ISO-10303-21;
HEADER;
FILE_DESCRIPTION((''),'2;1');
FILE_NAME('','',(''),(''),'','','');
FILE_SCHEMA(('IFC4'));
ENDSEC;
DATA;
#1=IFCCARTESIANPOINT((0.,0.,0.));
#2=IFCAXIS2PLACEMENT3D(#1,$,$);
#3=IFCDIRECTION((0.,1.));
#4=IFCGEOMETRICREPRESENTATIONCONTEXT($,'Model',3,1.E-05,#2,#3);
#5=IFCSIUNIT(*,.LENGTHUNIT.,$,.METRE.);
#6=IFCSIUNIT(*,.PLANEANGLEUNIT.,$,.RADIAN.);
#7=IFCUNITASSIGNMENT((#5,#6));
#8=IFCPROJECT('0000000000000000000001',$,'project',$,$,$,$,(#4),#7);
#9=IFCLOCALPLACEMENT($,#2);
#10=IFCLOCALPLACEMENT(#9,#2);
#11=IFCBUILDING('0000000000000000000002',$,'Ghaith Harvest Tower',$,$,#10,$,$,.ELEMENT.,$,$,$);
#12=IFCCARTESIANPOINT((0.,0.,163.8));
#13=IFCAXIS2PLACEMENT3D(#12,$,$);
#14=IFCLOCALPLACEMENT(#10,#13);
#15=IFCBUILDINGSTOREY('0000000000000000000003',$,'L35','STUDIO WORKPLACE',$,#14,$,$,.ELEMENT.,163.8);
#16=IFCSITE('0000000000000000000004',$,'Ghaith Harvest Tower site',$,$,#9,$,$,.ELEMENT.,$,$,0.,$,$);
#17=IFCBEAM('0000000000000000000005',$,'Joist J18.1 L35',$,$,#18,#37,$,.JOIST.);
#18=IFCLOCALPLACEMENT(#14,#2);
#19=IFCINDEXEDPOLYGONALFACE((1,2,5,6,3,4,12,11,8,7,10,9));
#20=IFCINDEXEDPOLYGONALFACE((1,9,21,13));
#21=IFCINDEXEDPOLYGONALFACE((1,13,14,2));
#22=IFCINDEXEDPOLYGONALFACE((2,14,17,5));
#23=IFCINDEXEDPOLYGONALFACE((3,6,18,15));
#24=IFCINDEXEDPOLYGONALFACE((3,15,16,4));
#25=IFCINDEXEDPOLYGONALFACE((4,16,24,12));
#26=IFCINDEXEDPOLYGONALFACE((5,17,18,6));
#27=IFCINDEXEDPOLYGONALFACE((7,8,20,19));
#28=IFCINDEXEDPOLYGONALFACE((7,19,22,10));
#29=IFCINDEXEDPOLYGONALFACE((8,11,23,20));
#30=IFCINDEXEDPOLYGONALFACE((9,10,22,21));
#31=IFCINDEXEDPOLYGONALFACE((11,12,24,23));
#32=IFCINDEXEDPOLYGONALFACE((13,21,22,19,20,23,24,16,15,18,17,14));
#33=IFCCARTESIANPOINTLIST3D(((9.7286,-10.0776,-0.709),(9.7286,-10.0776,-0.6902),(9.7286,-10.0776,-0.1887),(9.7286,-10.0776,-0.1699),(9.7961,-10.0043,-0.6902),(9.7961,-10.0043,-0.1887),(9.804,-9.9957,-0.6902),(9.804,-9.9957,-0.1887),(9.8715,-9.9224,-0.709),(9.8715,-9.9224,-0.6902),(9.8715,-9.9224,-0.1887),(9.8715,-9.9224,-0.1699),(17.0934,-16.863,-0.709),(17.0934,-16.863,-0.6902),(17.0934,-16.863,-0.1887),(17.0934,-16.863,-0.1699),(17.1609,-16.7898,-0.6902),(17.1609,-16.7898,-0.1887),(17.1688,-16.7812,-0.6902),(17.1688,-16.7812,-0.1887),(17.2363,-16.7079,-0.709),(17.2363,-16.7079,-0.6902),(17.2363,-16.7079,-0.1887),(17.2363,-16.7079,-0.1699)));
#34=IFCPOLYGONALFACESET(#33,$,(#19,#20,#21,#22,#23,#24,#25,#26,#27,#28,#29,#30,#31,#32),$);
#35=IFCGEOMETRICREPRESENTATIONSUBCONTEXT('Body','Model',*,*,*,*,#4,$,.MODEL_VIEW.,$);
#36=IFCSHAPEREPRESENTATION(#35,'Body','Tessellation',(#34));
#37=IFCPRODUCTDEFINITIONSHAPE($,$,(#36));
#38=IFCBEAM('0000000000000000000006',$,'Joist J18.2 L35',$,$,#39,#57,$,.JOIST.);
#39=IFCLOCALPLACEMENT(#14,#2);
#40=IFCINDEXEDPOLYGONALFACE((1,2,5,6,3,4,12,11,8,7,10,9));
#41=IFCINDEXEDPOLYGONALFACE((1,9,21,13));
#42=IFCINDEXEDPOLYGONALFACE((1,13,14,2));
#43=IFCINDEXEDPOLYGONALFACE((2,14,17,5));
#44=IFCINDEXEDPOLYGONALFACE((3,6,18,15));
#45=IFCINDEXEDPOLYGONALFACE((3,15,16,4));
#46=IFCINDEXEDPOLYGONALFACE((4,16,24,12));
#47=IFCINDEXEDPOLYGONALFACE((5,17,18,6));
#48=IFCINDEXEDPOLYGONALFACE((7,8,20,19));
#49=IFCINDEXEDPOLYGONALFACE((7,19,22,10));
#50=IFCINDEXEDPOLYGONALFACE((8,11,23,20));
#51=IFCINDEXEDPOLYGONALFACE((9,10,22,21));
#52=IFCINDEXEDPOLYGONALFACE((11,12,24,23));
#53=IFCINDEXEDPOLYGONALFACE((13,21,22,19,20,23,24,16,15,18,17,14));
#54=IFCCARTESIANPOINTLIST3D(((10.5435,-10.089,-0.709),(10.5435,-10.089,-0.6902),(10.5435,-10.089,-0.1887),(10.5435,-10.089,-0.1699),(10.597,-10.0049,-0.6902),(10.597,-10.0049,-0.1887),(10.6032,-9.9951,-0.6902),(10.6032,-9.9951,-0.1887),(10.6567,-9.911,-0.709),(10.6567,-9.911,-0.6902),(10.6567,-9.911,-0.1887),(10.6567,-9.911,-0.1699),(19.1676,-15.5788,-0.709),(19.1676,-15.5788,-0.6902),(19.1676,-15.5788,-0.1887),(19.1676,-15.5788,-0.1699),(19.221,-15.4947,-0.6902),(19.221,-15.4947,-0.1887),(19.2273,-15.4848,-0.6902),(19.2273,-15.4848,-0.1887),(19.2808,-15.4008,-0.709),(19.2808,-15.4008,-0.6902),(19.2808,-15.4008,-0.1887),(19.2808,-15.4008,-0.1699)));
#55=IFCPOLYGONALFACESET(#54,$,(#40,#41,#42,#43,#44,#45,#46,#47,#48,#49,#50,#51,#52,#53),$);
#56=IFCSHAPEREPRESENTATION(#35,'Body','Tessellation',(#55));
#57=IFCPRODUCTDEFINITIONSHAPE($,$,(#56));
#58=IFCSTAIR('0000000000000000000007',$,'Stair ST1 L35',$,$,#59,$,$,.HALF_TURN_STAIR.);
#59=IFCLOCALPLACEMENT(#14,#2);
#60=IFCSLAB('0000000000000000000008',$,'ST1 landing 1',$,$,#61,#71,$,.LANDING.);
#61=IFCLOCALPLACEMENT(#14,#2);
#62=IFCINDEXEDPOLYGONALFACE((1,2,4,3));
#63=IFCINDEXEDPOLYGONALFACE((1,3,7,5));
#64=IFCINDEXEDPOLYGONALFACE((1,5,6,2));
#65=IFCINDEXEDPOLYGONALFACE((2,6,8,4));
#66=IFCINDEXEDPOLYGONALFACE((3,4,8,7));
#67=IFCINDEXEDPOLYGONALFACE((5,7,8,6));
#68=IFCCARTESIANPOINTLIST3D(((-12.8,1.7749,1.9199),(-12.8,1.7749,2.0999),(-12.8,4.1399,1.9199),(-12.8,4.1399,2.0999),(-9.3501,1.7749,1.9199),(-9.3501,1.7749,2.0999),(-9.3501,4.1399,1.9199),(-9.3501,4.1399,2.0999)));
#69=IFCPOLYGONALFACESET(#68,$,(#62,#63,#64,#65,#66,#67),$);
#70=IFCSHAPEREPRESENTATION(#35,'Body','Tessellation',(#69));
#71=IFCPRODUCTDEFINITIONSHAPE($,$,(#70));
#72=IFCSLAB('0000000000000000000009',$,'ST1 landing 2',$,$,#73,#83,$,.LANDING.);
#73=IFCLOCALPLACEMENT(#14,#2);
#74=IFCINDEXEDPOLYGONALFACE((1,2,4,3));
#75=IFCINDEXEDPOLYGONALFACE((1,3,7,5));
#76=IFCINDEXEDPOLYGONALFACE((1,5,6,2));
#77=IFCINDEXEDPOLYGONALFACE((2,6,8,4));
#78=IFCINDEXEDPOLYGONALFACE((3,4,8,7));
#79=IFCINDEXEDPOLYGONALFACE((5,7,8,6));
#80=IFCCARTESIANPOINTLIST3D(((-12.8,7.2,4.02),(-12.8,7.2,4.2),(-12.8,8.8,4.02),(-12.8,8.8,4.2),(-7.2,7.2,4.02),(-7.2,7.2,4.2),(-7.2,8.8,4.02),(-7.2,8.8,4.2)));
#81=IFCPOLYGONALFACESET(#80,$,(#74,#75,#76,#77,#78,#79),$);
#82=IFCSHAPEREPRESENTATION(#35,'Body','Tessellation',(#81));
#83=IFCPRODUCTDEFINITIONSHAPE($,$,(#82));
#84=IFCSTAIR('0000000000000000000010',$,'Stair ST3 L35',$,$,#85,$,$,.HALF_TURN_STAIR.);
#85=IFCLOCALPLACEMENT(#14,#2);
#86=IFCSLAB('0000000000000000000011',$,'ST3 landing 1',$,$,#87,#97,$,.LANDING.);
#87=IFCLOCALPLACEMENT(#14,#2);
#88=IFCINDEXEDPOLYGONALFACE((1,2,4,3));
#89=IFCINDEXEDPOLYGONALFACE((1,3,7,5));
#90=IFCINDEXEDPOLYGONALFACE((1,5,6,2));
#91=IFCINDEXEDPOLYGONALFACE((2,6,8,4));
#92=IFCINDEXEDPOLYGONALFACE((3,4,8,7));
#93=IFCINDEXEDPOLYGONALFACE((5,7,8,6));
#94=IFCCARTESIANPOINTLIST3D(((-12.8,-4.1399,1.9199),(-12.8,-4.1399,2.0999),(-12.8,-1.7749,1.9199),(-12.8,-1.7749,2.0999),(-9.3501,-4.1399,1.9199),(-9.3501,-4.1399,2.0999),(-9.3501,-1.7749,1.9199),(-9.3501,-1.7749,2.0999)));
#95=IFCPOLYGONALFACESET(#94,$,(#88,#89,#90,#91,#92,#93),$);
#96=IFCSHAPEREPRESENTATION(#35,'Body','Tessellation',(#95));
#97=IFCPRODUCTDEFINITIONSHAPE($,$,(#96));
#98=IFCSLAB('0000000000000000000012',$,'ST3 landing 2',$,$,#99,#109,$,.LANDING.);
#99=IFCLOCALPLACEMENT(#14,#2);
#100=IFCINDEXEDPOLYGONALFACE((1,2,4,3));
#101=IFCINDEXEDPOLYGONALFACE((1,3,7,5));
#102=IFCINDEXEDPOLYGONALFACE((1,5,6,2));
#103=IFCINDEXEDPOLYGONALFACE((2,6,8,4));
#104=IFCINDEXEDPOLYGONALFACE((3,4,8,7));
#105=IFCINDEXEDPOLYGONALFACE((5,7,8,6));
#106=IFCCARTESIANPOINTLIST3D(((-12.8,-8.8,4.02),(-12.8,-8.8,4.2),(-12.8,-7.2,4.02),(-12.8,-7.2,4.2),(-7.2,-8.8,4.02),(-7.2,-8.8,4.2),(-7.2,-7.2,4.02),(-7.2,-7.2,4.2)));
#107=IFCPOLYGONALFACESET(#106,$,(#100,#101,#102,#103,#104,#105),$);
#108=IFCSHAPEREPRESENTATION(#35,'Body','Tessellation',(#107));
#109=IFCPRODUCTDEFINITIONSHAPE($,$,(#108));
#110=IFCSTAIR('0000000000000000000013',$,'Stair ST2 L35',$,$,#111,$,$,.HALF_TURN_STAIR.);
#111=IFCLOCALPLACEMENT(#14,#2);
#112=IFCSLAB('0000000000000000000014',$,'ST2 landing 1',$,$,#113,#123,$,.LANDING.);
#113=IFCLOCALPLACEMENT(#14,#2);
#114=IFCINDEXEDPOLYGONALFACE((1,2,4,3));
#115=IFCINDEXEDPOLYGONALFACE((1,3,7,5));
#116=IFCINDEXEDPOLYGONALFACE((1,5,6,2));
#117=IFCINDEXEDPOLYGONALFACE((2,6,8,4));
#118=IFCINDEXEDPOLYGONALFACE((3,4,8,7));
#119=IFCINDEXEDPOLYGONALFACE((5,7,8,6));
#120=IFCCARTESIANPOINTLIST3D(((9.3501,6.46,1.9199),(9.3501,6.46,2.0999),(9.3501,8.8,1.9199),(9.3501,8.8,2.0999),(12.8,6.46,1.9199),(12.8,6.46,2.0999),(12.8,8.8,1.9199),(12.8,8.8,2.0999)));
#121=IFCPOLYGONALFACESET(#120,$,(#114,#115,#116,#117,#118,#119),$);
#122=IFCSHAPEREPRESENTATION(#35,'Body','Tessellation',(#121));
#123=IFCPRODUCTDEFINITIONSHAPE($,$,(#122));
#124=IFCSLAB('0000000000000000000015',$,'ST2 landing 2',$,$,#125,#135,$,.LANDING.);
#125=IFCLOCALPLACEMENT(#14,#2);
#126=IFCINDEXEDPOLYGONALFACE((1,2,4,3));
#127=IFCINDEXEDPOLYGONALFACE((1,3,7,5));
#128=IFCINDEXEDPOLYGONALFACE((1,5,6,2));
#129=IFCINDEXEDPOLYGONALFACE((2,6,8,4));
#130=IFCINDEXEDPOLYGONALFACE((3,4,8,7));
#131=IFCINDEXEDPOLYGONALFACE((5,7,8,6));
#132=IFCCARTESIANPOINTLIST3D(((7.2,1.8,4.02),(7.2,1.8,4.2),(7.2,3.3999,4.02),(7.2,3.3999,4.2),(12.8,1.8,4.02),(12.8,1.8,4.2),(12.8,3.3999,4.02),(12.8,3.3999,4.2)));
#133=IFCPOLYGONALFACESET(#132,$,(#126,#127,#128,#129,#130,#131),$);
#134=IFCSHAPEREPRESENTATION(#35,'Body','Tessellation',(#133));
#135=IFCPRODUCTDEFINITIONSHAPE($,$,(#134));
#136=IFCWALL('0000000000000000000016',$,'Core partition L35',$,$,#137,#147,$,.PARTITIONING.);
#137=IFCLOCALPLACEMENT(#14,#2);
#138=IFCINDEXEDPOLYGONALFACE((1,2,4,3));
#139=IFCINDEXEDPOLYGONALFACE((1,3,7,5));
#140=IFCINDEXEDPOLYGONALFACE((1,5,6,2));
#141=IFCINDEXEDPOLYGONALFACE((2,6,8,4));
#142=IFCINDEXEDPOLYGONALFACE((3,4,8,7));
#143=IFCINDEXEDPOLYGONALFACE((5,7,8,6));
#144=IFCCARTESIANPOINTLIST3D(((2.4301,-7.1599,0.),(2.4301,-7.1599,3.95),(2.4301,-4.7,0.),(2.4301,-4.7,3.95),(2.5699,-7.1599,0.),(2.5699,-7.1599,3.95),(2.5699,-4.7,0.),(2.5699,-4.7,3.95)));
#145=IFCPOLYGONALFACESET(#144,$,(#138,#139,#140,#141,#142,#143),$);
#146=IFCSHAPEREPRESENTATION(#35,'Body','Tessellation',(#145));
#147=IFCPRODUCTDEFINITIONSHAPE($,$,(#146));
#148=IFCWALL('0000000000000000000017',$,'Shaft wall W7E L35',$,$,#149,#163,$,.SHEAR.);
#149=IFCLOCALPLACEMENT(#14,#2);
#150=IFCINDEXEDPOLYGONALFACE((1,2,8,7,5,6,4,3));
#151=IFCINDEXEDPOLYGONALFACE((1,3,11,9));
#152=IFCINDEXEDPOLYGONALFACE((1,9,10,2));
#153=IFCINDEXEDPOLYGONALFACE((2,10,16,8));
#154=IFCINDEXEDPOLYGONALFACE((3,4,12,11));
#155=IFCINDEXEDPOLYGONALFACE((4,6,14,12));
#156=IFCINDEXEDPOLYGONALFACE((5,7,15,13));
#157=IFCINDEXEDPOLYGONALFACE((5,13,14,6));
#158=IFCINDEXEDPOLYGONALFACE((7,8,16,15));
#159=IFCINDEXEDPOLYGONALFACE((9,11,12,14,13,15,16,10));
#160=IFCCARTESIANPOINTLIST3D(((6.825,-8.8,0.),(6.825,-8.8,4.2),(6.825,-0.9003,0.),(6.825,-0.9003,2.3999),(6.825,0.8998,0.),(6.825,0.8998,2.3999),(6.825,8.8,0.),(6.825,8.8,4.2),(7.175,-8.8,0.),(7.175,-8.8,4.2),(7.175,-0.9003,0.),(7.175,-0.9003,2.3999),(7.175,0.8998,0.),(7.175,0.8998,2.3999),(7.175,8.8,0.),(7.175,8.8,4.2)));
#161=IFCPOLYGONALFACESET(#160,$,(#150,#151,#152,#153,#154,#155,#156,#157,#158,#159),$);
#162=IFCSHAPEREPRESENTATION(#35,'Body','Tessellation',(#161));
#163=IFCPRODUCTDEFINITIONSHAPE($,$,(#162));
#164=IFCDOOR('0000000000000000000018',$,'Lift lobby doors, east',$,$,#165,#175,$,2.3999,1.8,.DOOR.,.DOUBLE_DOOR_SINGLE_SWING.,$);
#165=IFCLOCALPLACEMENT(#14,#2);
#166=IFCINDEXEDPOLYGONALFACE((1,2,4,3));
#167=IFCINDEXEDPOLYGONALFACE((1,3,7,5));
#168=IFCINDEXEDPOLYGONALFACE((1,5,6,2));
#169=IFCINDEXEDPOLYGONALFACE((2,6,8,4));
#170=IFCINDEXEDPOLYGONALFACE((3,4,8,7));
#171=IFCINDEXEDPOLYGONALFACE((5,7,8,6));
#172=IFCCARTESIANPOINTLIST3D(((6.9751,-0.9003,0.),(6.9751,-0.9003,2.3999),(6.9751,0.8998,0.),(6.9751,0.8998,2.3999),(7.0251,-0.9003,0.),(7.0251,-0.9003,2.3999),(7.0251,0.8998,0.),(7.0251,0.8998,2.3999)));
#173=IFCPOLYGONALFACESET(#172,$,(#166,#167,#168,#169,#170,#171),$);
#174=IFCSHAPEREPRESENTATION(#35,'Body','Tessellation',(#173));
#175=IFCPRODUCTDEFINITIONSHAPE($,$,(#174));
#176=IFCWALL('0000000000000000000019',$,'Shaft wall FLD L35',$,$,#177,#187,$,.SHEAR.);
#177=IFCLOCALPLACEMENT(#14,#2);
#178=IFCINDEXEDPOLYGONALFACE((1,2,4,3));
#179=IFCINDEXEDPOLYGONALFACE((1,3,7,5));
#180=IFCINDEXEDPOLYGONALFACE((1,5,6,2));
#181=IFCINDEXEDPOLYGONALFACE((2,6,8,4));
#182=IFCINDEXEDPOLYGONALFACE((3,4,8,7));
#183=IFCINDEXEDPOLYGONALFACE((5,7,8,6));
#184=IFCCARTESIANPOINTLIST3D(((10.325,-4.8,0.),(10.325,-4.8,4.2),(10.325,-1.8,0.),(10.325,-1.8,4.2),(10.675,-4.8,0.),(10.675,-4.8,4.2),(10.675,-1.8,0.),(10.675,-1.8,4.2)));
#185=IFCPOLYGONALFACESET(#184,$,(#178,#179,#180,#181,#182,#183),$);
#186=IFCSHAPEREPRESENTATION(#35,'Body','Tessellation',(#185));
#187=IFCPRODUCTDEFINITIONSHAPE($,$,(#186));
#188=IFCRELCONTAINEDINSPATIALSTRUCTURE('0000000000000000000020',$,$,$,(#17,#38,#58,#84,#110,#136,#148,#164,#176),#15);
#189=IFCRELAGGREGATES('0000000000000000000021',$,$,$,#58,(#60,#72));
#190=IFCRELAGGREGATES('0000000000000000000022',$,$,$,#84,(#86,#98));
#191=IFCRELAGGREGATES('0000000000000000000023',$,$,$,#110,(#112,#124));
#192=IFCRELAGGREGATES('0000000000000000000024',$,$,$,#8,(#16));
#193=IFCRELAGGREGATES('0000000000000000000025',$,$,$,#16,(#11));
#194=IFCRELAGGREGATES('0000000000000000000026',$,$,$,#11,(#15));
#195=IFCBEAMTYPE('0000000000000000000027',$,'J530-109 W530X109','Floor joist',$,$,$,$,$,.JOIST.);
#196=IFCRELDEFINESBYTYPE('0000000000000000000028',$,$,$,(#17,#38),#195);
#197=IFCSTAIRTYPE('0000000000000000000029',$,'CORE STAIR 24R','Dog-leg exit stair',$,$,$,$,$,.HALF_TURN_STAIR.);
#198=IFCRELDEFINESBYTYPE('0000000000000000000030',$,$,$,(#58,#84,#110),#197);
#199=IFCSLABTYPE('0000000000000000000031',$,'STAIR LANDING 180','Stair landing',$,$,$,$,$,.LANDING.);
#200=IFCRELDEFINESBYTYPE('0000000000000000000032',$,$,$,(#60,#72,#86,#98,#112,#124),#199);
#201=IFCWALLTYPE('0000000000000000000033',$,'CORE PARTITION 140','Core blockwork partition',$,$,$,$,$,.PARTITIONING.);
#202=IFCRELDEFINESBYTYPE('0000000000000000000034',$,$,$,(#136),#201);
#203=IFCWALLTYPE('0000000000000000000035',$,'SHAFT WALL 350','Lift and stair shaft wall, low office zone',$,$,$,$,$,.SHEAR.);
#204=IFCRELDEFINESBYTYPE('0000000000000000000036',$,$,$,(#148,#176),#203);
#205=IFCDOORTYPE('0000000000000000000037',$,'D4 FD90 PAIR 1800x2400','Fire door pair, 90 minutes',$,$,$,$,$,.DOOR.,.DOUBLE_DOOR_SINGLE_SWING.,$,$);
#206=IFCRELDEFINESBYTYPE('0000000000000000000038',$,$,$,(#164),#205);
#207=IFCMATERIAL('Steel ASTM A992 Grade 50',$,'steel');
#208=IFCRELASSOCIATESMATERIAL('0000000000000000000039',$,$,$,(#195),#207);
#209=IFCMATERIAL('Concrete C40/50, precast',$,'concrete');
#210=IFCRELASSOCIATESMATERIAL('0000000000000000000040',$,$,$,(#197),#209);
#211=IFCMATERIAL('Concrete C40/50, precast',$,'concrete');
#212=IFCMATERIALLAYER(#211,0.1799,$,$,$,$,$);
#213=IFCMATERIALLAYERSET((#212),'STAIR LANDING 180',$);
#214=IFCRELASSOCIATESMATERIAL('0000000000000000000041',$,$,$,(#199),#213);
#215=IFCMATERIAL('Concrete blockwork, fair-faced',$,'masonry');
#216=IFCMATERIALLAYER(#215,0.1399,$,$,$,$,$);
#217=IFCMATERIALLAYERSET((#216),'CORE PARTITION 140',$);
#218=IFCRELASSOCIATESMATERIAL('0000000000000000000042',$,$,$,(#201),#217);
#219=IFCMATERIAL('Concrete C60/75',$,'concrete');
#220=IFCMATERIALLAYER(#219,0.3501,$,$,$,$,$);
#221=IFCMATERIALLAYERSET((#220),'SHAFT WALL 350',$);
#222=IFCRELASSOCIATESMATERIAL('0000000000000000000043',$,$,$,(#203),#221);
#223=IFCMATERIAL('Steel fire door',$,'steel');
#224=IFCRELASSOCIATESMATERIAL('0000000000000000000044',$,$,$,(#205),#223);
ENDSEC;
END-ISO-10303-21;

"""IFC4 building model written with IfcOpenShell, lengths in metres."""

from ifc_helpers import new_model, si_unit, direction, frame, frame_2d, origin, origin_2d, place, context, subcontext, project, spatial, polyline, rectangle, i_section, outline, extrude, material, layer, layer_set, material_profile, profile_set, type_object, element, fill, aggregate, save


model = new_model("IFC4")

# Units and contexts
model_context = context("Model", 3, precision=1e-05, world=origin(), true_north=direction((0.0, 1.0)))
body_context = subcontext(model_context, "Body", "Model", "MODEL_VIEW")
ifc_project = project(units=[si_unit("LENGTHUNIT", "METRE"), si_unit("PLANEANGLEUNIT", "RADIAN")], contexts=[model_context])

# Site, building, storey
site_placement = place(None, origin())
site = spatial("IfcSite", under=ifc_project, at=site_placement, Name="Ghaith Harvest Tower site", CompositionType="ELEMENT", RefElevation=0.0)
building_placement = place(site_placement, origin())
building = spatial("IfcBuilding", under=site, at=building_placement, Name="Ghaith Harvest Tower", CompositionType="ELEMENT")
storey_placement = place(building_placement, frame((0.0, 0.0, 163.8)))
storey = spatial("IfcBuildingStorey", under=building, at=storey_placement, Name="L35", Description="STUDIO WORKPLACE", CompositionType="ELEMENT", Elevation=163.8)

# Beams
ifc_material_1 = material(Name="Steel ASTM A992 Grade 50", Category="steel")
ifc_material_profile = material_profile(ifc_material_1, i_section(OverallWidth=0.2109, OverallDepth=0.5391, WebThickness=0.0117, FlangeThickness=0.0188, at=origin_2d()), Name="W530X109")
ifc_profile_set = profile_set([ifc_material_profile], Name="Steel ASTM A992 Grade 50")
beam_type = type_object("IfcBeamType", Name="J530-109 W530X109", Description="Floor joist", PredefinedType="JOIST", material=ifc_profile_set)
beam_1_placement = place(storey_placement, frame((9.8, -10.0, -0.4395), z_axis=(0.735442, -0.677588, 0.0), x_axis=(0.677588, 0.735442, 0.0)))
element("IfcBeam", 1, at=beam_1_placement, inside=storey, type_object=beam_type, Name="Joist J18.1 L35", PredefinedType="JOIST", context=body_context, shape_type="SweptSolid", body=[
    extrude(i_section(OverallWidth=0.2109, OverallDepth=0.5391, WebThickness=0.0117, FlangeThickness=0.0188, at=origin_2d()), origin(), (0.0, 0.0, 1.0), 10.0142),
])
beam_2_placement = place(storey_placement, frame((10.6001, -10.0, -0.4395), z_axis=(0.843585, -0.536996, 0.0), x_axis=(0.536996, 0.843585, 0.0)))
element("IfcBeam", 2, at=beam_2_placement, inside=storey, type_object=beam_type, Name="Joist J18.2 L35", PredefinedType="JOIST", context=body_context, shape_type="SweptSolid", body=[
    extrude(i_section(OverallWidth=0.2109, OverallDepth=0.5391, WebThickness=0.0117, FlangeThickness=0.0188, at=origin_2d()), origin(), (0.0, 0.0, 1.0), 10.2231),
])

# Stairs, slabs
ifc_material_2 = material(Name="Concrete C40/50, precast", Category="concrete")
stair_type = type_object("IfcStairType", Name="CORE STAIR 24R", Description="Dog-leg exit stair", PredefinedType="HALF_TURN_STAIR", material=ifc_material_2)
stair_1_placement = place(storey_placement, origin())
stair_1 = element("IfcStair", 3, at=stair_1_placement, inside=storey, type_object=stair_type, Name="Stair ST1 L35", PredefinedType="HALF_TURN_STAIR")
ifc_material_3 = material(Name="Concrete C40/50, precast", Category="concrete")
ifc_layer_1 = layer(ifc_material_3, 0.1799)
ifc_layer_set_1 = layer_set([ifc_layer_1], Name="STAIR LANDING 180")
slab_type = type_object("IfcSlabType", Name="STAIR LANDING 180", Description="Stair landing", PredefinedType="LANDING", material=ifc_layer_set_1)
slab_1_placement = place(storey_placement, frame((0.0, 0.0, 1.9199)))
slab_1 = element("IfcSlab", 4, at=slab_1_placement, type_object=slab_type, Name="ST1 landing 1", PredefinedType="LANDING", context=body_context, shape_type="SweptSolid", body=[
    extrude(outline(polyline([(-12.8, 4.1399), (-12.8, 1.7749), (-9.3501, 1.7749), (-9.3501, 4.1399), (-12.8, 4.1399)])), origin(), (0.0, 0.0, 1.0), 0.1799),
])
slab_2_placement = place(storey_placement, frame((0.0, 0.0, 4.02)))
slab_2 = element("IfcSlab", 5, at=slab_2_placement, type_object=slab_type, Name="ST1 landing 2", PredefinedType="LANDING", context=body_context, shape_type="SweptSolid", body=[
    extrude(outline(polyline([(-12.8, 8.8), (-12.8, 7.2), (-7.2, 7.2), (-7.2, 8.8), (-12.8, 8.8)])), origin(), (0.0, 0.0, 1.0), 0.1799),
])
aggregate(stair_1, [slab_1, slab_2])
stair_2_placement = place(storey_placement, origin())
stair_2 = element("IfcStair", 6, at=stair_2_placement, inside=storey, type_object=stair_type, Name="Stair ST3 L35", PredefinedType="HALF_TURN_STAIR")
slab_3_placement = place(storey_placement, frame((0.0, 0.0, 1.9199)))
slab_3 = element("IfcSlab", 7, at=slab_3_placement, type_object=slab_type, Name="ST3 landing 1", PredefinedType="LANDING", context=body_context, shape_type="SweptSolid", body=[
    extrude(outline(polyline([(-12.8, -4.1399), (-12.8, -1.7749), (-9.3501, -1.7749), (-9.3501, -4.1399), (-12.8, -4.1399)])), origin(), (0.0, 0.0, 1.0), 0.1799),
])
slab_4_placement = place(storey_placement, frame((0.0, 0.0, 4.02)))
slab_4 = element("IfcSlab", 8, at=slab_4_placement, type_object=slab_type, Name="ST3 landing 2", PredefinedType="LANDING", context=body_context, shape_type="SweptSolid", body=[
    extrude(outline(polyline([(-12.8, -8.8), (-12.8, -7.2), (-7.2, -7.2), (-7.2, -8.8), (-12.8, -8.8)])), origin(), (0.0, 0.0, 1.0), 0.1799),
])
aggregate(stair_2, [slab_3, slab_4])
stair_3_placement = place(storey_placement, origin())
stair_3 = element("IfcStair", 9, at=stair_3_placement, inside=storey, type_object=stair_type, Name="Stair ST2 L35", PredefinedType="HALF_TURN_STAIR")
slab_5_placement = place(storey_placement, frame((0.0, 0.0, 1.9199)))
slab_5 = element("IfcSlab", 10, at=slab_5_placement, type_object=slab_type, Name="ST2 landing 1", PredefinedType="LANDING", context=body_context, shape_type="SweptSolid", body=[
    extrude(outline(polyline([(12.8, 6.46), (12.8, 8.8), (9.3501, 8.8), (9.3501, 6.46), (12.8, 6.46)])), origin(), (0.0, 0.0, 1.0), 0.1799),
])
slab_6_placement = place(storey_placement, frame((0.0, 0.0, 4.02)))
slab_6 = element("IfcSlab", 11, at=slab_6_placement, type_object=slab_type, Name="ST2 landing 2", PredefinedType="LANDING", context=body_context, shape_type="SweptSolid", body=[
    extrude(outline(polyline([(12.8, 1.8), (12.8, 3.3999), (7.2, 3.3999), (7.2, 1.8), (12.8, 1.8)])), origin(), (0.0, 0.0, 1.0), 0.1799),
])
aggregate(stair_3, [slab_5, slab_6])

# Wall
ifc_material_4 = material(Name="Concrete blockwork, fair-faced", Category="masonry")
ifc_layer_2 = layer(ifc_material_4, 0.1399)
ifc_layer_set_2 = layer_set([ifc_layer_2], Name="CORE PARTITION 140")
wall_type_1 = type_object("IfcWallType", Name="CORE PARTITION 140", Description="Core blockwork partition", PredefinedType="PARTITIONING", material=ifc_layer_set_2)
wall_1_placement = place(storey_placement, frame((2.5, -4.7, 0.0), z_axis=(0.0, 0.0, 1.0), x_axis=(0.0, -1.0, 0.0)))
element("IfcWall", 12, at=wall_1_placement, inside=storey, type_object=wall_type_1, Name="Core partition L35", PredefinedType="PARTITIONING", context=body_context, shape_type="SweptSolid", body=[
    extrude(rectangle(XDim=2.46, YDim=0.1399, at=frame_2d((1.23, 0.0))), origin(), (0.0, 0.0, 1.0), 3.95),
])

# Wall, opening, door
ifc_material_5 = material(Name="Concrete C60/75", Category="concrete")
ifc_layer_3 = layer(ifc_material_5, 0.3501)
ifc_layer_set_3 = layer_set([ifc_layer_3], Name="SHAFT WALL 350")
wall_type_2 = type_object("IfcWallType", Name="SHAFT WALL 350", Description="Lift and stair shaft wall, low office zone", PredefinedType="SHEAR", material=ifc_layer_set_3)
wall_2_placement = place(storey_placement, frame((7.0, -8.8, 0.0), z_axis=(0.0, 0.0, 1.0), x_axis=(0.0, 1.0, 0.0)))
wall_2 = element("IfcWall", 13, at=wall_2_placement, inside=storey, type_object=wall_type_2, Name="Shaft wall W7E L35", PredefinedType="SHEAR", context=body_context, shape_type="SweptSolid", body=[
    extrude(rectangle(XDim=17.6001, YDim=0.3501, at=frame_2d((8.8, 0.0))), origin(), (0.0, 0.0, 1.0), 4.2),
])
opening_1_placement = place(wall_2_placement, frame((7.8999, 0.0, 0.0)))
opening_1 = element("IfcOpeningElement", 14, at=opening_1_placement, cuts=wall_2, PredefinedType="OPENING", context=body_context, shape_type="SweptSolid", body=[
    extrude(rectangle(XDim=1.8, YDim=2.3999, at=frame_2d((0.8999, 1.2))), frame((0.0, 0.1851, 0.0), z_axis=(0.0, -1.0, 0.0), x_axis=(1.0, 0.0, 0.0)), (0.0, 0.0, 1.0), 0.3701),
])
ifc_material_6 = material(Name="Steel fire door", Category="steel")
door_type_1 = type_object("IfcDoorType", Name="D4 FD90 PAIR 1800x2400", Description="Fire door pair, 90 minutes", OperationType="DOUBLE_DOOR_SINGLE_SWING", PredefinedType="DOOR", material=ifc_material_6)
door_1_placement = place(opening_1_placement, origin())
door_1 = element("IfcDoor", 15, at=door_1_placement, inside=storey, type_object=door_type_1, Name="Lift lobby doors, east", OperationType="DOUBLE_DOOR_SINGLE_SWING", OverallHeight=2.3999, OverallWidth=1.8, PredefinedType="DOOR", context=body_context, shape_type="SweptSolid", body=[
    extrude(rectangle(XDim=1.8, YDim=2.3999, at=frame_2d((0.8999, 1.2))), frame((0.0, 0.0249, 0.0), z_axis=(0.0, -1.0, 0.0), x_axis=(1.0, 0.0, 0.0)), (0.0, 0.0, 1.0), 0.05),
])
fill(opening_1, door_1)

# Wall
wall_3_placement = place(storey_placement, frame((10.5, -4.8, 0.0), z_axis=(0.0, 0.0, 1.0), x_axis=(0.0, 1.0, 0.0)))
element("IfcWall", 16, at=wall_3_placement, inside=storey, type_object=wall_type_2, Name="Shaft wall FLD L35", PredefinedType="SHEAR", context=body_context, shape_type="SweptSolid", body=[
    extrude(rectangle(XDim=3.0, YDim=0.3501, at=frame_2d((1.5, 0.0))), origin(), (0.0, 0.0, 1.0), 4.2),
])

save(model, "model.ifc")
